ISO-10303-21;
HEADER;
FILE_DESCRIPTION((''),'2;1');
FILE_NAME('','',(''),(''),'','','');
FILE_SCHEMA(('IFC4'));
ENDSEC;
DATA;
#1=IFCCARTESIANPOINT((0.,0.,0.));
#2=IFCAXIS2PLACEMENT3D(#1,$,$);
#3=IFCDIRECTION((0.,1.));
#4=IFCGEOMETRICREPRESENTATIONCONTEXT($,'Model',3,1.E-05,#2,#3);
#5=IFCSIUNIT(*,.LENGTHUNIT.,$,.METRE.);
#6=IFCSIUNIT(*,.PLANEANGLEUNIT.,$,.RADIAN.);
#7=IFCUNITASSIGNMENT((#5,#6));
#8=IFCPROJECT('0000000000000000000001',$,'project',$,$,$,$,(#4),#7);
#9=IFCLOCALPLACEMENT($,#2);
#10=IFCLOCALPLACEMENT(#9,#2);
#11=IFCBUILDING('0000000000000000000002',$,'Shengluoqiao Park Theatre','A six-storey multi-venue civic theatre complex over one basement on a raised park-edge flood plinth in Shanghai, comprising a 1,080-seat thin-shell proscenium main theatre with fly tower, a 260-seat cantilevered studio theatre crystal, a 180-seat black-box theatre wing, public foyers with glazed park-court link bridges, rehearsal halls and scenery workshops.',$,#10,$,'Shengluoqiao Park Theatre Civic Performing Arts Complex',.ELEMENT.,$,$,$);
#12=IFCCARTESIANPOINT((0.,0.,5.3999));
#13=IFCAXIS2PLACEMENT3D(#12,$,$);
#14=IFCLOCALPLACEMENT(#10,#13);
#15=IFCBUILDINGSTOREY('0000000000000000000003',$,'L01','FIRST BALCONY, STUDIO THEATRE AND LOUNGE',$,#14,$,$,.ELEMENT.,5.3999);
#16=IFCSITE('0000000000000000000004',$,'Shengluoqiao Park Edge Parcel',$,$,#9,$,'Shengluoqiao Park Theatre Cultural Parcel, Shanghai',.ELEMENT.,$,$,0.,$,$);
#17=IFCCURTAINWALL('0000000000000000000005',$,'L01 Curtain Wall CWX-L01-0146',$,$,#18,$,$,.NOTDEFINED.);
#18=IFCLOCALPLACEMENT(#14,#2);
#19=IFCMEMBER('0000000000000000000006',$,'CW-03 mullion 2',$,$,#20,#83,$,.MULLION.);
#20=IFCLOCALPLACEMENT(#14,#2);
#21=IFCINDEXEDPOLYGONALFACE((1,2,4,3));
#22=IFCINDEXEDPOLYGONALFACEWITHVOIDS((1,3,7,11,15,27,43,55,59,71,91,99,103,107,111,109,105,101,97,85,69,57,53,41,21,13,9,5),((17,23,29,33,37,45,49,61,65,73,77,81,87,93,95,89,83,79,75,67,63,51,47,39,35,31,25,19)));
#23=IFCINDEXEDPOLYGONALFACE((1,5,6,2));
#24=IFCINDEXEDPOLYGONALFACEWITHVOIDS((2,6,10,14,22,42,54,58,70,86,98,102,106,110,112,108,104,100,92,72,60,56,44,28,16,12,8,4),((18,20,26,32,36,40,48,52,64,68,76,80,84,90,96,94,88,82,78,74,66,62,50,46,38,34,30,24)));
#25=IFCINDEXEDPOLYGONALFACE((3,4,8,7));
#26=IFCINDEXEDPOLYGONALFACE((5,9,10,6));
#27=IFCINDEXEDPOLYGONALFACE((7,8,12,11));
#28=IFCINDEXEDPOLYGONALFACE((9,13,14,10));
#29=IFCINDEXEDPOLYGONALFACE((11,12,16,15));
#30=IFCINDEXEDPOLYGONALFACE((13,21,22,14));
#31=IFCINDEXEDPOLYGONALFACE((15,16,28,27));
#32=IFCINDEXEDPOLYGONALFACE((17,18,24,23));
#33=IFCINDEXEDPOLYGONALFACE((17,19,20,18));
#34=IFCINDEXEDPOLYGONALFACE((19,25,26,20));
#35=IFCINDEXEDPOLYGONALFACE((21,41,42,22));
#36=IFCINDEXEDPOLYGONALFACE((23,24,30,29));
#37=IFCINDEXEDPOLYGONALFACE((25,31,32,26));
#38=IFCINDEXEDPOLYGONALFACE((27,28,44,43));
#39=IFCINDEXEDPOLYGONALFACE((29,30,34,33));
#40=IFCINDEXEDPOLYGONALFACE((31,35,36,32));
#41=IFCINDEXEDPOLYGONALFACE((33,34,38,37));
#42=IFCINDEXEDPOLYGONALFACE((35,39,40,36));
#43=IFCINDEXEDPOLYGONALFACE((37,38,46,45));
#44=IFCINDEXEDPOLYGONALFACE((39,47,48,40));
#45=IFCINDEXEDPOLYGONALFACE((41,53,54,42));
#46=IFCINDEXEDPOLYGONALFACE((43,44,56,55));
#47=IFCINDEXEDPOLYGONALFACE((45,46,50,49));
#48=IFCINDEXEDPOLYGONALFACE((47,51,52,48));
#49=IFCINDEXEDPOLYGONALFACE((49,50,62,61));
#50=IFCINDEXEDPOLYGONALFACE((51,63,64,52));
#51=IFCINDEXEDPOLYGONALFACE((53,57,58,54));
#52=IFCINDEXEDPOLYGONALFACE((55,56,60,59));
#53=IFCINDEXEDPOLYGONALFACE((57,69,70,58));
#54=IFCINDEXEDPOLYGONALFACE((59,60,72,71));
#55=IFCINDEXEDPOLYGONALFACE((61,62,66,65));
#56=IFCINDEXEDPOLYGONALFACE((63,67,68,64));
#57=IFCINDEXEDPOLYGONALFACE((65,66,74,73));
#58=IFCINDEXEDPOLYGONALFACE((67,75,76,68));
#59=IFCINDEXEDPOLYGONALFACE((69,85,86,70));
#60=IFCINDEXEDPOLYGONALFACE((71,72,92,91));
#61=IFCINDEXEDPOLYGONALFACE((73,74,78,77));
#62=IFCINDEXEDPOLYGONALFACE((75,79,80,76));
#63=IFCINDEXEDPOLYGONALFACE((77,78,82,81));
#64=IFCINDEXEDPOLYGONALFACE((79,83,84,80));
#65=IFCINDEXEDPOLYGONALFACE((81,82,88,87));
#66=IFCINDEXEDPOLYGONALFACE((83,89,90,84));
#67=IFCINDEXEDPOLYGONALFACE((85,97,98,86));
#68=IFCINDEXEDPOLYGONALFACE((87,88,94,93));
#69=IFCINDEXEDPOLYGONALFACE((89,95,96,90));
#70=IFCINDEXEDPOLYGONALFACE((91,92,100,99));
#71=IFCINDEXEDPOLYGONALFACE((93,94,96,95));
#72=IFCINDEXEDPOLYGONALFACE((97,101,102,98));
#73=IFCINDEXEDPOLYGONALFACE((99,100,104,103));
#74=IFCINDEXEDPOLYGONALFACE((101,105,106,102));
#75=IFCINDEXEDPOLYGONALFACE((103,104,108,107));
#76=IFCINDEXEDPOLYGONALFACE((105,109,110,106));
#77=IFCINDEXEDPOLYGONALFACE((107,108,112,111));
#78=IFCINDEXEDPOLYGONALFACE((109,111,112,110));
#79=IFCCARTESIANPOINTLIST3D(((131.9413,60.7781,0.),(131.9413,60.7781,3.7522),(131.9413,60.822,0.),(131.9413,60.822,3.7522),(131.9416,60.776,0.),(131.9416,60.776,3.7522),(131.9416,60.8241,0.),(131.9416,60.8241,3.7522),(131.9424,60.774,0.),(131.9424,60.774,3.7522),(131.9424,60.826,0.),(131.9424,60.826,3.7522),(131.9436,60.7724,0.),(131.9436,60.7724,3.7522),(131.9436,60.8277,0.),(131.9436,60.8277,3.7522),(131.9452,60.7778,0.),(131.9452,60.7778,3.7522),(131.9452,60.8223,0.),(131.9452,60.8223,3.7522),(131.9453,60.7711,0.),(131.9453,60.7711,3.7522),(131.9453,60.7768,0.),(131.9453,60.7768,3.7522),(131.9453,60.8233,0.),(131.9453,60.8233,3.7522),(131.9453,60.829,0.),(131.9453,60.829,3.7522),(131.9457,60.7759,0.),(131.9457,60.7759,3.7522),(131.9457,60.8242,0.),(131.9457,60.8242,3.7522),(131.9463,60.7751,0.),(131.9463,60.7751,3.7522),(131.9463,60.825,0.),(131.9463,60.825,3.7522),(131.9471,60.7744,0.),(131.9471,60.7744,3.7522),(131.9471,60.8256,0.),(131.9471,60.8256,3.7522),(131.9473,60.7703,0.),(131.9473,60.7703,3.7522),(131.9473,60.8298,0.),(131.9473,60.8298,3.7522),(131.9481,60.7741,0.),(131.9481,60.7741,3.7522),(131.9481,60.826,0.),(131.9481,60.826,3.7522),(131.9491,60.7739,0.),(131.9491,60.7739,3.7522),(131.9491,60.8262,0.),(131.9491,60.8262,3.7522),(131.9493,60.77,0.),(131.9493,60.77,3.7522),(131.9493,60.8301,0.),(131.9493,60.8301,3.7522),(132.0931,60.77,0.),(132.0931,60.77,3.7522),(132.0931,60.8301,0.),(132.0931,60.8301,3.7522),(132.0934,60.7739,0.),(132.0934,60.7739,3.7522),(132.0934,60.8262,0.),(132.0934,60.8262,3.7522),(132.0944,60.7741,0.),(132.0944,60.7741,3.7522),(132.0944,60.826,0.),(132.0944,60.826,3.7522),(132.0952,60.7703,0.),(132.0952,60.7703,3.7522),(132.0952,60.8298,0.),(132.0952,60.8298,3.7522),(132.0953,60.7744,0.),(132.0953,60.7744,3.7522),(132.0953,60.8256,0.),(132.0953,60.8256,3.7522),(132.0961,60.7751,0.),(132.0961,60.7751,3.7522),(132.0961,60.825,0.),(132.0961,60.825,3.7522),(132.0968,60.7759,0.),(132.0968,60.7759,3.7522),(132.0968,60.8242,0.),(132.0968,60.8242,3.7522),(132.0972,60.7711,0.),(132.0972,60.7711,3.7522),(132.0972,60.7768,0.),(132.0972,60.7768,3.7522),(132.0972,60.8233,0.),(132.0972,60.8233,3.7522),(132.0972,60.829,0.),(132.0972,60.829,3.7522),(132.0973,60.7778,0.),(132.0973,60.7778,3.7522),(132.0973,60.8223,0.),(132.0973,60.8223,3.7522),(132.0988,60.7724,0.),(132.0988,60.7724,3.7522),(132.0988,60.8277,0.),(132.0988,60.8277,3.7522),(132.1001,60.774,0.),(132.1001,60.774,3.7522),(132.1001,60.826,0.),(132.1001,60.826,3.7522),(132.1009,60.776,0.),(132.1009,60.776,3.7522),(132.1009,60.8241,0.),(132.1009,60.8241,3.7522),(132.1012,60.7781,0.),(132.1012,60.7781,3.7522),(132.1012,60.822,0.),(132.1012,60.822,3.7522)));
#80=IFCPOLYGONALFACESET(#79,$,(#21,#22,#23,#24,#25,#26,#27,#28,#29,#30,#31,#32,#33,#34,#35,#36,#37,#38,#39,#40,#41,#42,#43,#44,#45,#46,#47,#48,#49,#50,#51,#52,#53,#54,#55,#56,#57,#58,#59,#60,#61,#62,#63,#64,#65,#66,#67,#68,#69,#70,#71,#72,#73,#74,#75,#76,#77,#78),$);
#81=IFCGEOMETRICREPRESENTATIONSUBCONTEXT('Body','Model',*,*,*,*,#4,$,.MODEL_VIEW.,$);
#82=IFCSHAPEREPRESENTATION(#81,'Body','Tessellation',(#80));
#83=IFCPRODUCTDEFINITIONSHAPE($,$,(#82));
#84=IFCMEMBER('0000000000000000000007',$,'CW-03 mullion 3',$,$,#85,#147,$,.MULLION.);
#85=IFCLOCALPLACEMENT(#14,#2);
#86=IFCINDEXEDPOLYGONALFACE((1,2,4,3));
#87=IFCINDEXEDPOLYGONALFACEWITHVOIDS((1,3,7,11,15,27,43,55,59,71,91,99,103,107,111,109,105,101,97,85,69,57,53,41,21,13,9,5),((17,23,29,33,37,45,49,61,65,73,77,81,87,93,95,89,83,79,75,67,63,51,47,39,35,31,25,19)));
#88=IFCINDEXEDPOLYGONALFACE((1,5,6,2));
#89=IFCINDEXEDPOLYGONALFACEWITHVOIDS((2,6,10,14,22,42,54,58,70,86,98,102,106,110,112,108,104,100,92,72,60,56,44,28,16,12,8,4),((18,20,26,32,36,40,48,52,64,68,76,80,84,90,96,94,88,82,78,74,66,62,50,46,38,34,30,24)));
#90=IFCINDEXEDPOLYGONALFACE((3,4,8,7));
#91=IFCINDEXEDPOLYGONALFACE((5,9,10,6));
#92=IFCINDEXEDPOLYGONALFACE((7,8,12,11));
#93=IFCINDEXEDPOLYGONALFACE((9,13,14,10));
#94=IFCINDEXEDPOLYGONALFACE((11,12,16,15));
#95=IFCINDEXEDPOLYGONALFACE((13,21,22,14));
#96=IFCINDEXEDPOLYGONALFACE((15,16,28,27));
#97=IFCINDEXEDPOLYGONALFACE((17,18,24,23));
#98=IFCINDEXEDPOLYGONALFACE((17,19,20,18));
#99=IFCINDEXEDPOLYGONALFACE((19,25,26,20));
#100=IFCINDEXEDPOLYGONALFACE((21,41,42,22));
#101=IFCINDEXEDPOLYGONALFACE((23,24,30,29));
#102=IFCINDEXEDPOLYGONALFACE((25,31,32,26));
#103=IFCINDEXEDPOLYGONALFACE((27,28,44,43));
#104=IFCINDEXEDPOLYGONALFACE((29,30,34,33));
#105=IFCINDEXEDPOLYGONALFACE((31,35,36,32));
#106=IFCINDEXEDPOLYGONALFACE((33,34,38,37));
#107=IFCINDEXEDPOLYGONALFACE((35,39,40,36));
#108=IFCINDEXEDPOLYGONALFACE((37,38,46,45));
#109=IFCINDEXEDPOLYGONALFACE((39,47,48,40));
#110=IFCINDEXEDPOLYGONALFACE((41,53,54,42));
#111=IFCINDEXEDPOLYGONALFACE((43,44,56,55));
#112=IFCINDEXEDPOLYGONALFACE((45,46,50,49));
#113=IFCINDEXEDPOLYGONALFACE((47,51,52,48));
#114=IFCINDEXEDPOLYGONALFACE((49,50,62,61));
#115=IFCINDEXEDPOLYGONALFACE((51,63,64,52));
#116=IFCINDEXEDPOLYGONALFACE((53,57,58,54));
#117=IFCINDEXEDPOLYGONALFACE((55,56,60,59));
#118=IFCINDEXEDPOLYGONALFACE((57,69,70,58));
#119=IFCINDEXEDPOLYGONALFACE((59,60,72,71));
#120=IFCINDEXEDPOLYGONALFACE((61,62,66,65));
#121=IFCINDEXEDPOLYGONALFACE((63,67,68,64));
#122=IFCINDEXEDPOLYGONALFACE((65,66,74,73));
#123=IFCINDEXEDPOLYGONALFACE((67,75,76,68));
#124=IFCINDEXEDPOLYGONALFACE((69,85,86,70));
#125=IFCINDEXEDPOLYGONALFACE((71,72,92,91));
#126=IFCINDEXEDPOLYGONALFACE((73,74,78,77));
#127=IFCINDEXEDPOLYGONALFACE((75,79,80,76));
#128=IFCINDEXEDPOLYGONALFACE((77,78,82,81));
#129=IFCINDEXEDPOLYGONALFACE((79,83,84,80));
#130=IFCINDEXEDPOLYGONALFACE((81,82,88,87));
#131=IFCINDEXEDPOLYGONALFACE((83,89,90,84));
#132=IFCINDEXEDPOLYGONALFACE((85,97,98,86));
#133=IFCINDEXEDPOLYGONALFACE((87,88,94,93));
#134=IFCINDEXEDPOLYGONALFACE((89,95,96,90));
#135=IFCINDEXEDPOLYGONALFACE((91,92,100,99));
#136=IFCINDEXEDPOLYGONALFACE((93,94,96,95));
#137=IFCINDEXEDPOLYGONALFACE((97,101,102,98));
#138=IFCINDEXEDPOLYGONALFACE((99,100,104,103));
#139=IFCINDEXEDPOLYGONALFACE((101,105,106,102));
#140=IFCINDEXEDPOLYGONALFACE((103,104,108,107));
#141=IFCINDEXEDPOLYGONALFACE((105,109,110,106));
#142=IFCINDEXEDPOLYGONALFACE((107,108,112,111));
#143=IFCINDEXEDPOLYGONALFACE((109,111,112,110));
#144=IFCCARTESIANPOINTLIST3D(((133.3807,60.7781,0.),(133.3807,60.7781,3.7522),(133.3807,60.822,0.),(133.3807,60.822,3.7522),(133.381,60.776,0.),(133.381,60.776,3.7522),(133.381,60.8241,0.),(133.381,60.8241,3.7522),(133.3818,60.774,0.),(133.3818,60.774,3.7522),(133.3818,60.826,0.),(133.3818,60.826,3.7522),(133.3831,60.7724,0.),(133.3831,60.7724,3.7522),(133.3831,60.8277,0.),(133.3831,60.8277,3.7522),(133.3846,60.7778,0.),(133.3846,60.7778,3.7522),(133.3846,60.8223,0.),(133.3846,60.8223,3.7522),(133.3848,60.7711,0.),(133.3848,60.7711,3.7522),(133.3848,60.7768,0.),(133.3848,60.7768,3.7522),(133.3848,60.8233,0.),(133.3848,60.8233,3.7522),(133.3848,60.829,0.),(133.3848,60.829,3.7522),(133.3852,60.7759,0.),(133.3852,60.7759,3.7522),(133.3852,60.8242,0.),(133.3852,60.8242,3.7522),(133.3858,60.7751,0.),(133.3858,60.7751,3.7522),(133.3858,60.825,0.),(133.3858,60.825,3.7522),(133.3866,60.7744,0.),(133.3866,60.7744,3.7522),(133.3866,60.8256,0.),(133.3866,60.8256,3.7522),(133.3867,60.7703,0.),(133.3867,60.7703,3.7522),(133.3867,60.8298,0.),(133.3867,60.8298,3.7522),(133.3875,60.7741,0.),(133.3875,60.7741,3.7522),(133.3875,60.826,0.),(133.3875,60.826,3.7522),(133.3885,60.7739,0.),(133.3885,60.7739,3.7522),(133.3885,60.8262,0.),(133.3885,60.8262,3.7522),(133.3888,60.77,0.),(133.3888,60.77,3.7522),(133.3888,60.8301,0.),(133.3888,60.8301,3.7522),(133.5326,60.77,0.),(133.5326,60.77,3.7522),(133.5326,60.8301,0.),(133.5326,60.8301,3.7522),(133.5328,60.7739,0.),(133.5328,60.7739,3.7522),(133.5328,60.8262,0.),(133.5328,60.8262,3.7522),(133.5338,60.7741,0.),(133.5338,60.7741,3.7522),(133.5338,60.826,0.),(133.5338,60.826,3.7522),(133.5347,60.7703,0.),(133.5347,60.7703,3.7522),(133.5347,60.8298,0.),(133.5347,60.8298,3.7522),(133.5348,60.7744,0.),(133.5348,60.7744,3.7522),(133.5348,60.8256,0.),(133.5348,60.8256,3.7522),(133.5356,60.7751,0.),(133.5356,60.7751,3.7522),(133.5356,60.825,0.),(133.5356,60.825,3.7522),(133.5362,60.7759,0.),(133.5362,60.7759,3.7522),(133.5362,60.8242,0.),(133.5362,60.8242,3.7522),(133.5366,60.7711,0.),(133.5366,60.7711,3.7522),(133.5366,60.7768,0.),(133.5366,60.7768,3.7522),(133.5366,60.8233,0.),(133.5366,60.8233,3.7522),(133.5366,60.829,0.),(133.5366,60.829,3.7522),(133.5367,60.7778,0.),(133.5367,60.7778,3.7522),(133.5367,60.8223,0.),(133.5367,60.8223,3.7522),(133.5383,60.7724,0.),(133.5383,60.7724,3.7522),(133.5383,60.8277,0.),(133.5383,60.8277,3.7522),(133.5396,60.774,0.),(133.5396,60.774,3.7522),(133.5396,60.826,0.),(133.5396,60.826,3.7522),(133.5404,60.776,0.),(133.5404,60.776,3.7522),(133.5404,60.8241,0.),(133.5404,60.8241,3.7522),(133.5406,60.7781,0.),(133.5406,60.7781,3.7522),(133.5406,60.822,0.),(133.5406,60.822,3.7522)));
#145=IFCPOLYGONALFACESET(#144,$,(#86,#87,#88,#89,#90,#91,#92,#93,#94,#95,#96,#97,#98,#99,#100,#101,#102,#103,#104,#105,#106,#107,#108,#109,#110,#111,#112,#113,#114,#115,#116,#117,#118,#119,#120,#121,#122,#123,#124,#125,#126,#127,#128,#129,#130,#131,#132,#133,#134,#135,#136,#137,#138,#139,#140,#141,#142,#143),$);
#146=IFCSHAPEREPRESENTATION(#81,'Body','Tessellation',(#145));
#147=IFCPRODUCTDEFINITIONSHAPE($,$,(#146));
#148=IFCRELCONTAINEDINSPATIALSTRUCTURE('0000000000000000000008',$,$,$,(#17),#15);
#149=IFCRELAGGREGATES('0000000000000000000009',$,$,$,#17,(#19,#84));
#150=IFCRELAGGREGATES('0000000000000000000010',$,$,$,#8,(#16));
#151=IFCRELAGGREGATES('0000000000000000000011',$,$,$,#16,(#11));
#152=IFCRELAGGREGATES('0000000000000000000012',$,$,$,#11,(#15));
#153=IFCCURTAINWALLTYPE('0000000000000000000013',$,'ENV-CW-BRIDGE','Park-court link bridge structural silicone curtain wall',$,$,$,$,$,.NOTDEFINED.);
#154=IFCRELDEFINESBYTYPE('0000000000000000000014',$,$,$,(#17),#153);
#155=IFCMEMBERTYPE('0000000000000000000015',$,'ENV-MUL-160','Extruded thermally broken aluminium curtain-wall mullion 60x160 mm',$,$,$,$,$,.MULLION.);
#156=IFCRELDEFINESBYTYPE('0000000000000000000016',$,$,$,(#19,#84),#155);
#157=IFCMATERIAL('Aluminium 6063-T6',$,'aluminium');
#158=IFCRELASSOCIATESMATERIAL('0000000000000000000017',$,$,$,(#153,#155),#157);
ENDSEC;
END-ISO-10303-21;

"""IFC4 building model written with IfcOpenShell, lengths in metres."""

from ifc_helpers import new_model, si_unit, direction, frame, origin, origin_2d, place, context, subcontext, project, spatial, hollow_rectangle, extrude, material, material_profile, profile_set, type_object, element, aggregate, save


model = new_model("IFC4")

# Units and contexts
model_context = context("Model", 3, precision=1e-05, world=origin(), true_north=direction((0.0, 1.0)))
body_context = subcontext(model_context, "Body", "Model", "MODEL_VIEW")
ifc_project = project(units=[si_unit("LENGTHUNIT", "METRE"), si_unit("PLANEANGLEUNIT", "RADIAN")], contexts=[model_context])

# Site, building, storey
site_placement = place(None, origin())
site = spatial("IfcSite", under=ifc_project, at=site_placement, Name="Shengluoqiao Park Edge Parcel", LongName="Shengluoqiao Park Theatre Cultural Parcel, Shanghai", CompositionType="ELEMENT", RefElevation=0.0)
building_placement = place(site_placement, origin())
building = spatial("IfcBuilding", under=site, at=building_placement, Name="Shengluoqiao Park Theatre", Description="A six-storey multi-venue civic theatre complex over one basement on a raised park-edge flood plinth in Shanghai, comprising a 1,080-seat thin-shell proscenium main theatre with fly tower, a 260-seat cantilevered studio theatre crystal, a 180-seat black-box theatre wing, public foyers with glazed park-court link bridges, rehearsal halls and scenery workshops.", LongName="Shengluoqiao Park Theatre Civic Performing Arts Complex", CompositionType="ELEMENT")
storey_placement = place(building_placement, frame((0.0, 0.0, 5.3999)))
storey = spatial("IfcBuildingStorey", under=building, at=storey_placement, Name="L01", Description="FIRST BALCONY, STUDIO THEATRE AND LOUNGE", CompositionType="ELEMENT", Elevation=5.3999)

# Shared definitions
ifc_material_1 = material(Name="Aluminium 6063-T6", Category="aluminium")
curtain_wall_type = type_object("IfcCurtainWallType", Name="ENV-CW-BRIDGE", Description="Park-court link bridge structural silicone curtain wall", PredefinedType="NOTDEFINED", material=ifc_material_1)
ifc_material_profile_1 = material_profile(ifc_material_1, hollow_rectangle(XDim=0.0601, YDim=0.1599, WallThickness=0.0039, InnerFilletRadius=0.0039, OuterFilletRadius=0.0081, at=origin_2d()), Name="ALU MULLION 160x60x4")
ifc_profile_set_1 = profile_set([ifc_material_profile_1], Name="Aluminium 6063-T6")
member_type_1 = type_object("IfcMemberType", Name="ENV-MUL-160", Description="Extruded thermally broken aluminium curtain-wall mullion 60x160 mm", PredefinedType="MULLION", material=ifc_profile_set_1)

# Curtain wall, members
curtain_wall_1_placement = place(storey_placement, origin())
curtain_wall_1 = element("IfcCurtainWall", 1, at=curtain_wall_1_placement, inside=storey, type_object=curtain_wall_type, Name="L01 Curtain Wall CWX-L01-0146", PredefinedType="NOTDEFINED")
member_1_placement = place(storey_placement, frame((132.0212, 60.8, 0.0), z_axis=(0.0, 0.0, 1.0), x_axis=(0.0, 1.0, 0.0)))
member_1 = element("IfcMember", 2, at=member_1_placement, type_object=member_type_1, Name="CW-03 mullion 2", PredefinedType="MULLION", context=body_context, shape_type="SweptSolid", body=[
    extrude(hollow_rectangle(XDim=0.0601, YDim=0.1599, WallThickness=0.0039, InnerFilletRadius=0.0039, OuterFilletRadius=0.0081, at=origin_2d()), origin(), (0.0, 0.0, 1.0), 3.7522),
])
member_2_placement = place(storey_placement, frame((133.4607, 60.8, 0.0), z_axis=(0.0, 0.0, 1.0), x_axis=(0.0, 1.0, 0.0)))
member_2 = element("IfcMember", 3, at=member_2_placement, type_object=member_type_1, Name="CW-03 mullion 3", PredefinedType="MULLION", context=body_context, shape_type="SweptSolid", body=[
    extrude(hollow_rectangle(XDim=0.0601, YDim=0.1599, WallThickness=0.0039, InnerFilletRadius=0.0039, OuterFilletRadius=0.0081, at=origin_2d()), origin(), (0.0, 0.0, 1.0), 3.7522),
])

aggregate(curtain_wall_1, [member_1, member_2])

save(model, "model.ifc")
